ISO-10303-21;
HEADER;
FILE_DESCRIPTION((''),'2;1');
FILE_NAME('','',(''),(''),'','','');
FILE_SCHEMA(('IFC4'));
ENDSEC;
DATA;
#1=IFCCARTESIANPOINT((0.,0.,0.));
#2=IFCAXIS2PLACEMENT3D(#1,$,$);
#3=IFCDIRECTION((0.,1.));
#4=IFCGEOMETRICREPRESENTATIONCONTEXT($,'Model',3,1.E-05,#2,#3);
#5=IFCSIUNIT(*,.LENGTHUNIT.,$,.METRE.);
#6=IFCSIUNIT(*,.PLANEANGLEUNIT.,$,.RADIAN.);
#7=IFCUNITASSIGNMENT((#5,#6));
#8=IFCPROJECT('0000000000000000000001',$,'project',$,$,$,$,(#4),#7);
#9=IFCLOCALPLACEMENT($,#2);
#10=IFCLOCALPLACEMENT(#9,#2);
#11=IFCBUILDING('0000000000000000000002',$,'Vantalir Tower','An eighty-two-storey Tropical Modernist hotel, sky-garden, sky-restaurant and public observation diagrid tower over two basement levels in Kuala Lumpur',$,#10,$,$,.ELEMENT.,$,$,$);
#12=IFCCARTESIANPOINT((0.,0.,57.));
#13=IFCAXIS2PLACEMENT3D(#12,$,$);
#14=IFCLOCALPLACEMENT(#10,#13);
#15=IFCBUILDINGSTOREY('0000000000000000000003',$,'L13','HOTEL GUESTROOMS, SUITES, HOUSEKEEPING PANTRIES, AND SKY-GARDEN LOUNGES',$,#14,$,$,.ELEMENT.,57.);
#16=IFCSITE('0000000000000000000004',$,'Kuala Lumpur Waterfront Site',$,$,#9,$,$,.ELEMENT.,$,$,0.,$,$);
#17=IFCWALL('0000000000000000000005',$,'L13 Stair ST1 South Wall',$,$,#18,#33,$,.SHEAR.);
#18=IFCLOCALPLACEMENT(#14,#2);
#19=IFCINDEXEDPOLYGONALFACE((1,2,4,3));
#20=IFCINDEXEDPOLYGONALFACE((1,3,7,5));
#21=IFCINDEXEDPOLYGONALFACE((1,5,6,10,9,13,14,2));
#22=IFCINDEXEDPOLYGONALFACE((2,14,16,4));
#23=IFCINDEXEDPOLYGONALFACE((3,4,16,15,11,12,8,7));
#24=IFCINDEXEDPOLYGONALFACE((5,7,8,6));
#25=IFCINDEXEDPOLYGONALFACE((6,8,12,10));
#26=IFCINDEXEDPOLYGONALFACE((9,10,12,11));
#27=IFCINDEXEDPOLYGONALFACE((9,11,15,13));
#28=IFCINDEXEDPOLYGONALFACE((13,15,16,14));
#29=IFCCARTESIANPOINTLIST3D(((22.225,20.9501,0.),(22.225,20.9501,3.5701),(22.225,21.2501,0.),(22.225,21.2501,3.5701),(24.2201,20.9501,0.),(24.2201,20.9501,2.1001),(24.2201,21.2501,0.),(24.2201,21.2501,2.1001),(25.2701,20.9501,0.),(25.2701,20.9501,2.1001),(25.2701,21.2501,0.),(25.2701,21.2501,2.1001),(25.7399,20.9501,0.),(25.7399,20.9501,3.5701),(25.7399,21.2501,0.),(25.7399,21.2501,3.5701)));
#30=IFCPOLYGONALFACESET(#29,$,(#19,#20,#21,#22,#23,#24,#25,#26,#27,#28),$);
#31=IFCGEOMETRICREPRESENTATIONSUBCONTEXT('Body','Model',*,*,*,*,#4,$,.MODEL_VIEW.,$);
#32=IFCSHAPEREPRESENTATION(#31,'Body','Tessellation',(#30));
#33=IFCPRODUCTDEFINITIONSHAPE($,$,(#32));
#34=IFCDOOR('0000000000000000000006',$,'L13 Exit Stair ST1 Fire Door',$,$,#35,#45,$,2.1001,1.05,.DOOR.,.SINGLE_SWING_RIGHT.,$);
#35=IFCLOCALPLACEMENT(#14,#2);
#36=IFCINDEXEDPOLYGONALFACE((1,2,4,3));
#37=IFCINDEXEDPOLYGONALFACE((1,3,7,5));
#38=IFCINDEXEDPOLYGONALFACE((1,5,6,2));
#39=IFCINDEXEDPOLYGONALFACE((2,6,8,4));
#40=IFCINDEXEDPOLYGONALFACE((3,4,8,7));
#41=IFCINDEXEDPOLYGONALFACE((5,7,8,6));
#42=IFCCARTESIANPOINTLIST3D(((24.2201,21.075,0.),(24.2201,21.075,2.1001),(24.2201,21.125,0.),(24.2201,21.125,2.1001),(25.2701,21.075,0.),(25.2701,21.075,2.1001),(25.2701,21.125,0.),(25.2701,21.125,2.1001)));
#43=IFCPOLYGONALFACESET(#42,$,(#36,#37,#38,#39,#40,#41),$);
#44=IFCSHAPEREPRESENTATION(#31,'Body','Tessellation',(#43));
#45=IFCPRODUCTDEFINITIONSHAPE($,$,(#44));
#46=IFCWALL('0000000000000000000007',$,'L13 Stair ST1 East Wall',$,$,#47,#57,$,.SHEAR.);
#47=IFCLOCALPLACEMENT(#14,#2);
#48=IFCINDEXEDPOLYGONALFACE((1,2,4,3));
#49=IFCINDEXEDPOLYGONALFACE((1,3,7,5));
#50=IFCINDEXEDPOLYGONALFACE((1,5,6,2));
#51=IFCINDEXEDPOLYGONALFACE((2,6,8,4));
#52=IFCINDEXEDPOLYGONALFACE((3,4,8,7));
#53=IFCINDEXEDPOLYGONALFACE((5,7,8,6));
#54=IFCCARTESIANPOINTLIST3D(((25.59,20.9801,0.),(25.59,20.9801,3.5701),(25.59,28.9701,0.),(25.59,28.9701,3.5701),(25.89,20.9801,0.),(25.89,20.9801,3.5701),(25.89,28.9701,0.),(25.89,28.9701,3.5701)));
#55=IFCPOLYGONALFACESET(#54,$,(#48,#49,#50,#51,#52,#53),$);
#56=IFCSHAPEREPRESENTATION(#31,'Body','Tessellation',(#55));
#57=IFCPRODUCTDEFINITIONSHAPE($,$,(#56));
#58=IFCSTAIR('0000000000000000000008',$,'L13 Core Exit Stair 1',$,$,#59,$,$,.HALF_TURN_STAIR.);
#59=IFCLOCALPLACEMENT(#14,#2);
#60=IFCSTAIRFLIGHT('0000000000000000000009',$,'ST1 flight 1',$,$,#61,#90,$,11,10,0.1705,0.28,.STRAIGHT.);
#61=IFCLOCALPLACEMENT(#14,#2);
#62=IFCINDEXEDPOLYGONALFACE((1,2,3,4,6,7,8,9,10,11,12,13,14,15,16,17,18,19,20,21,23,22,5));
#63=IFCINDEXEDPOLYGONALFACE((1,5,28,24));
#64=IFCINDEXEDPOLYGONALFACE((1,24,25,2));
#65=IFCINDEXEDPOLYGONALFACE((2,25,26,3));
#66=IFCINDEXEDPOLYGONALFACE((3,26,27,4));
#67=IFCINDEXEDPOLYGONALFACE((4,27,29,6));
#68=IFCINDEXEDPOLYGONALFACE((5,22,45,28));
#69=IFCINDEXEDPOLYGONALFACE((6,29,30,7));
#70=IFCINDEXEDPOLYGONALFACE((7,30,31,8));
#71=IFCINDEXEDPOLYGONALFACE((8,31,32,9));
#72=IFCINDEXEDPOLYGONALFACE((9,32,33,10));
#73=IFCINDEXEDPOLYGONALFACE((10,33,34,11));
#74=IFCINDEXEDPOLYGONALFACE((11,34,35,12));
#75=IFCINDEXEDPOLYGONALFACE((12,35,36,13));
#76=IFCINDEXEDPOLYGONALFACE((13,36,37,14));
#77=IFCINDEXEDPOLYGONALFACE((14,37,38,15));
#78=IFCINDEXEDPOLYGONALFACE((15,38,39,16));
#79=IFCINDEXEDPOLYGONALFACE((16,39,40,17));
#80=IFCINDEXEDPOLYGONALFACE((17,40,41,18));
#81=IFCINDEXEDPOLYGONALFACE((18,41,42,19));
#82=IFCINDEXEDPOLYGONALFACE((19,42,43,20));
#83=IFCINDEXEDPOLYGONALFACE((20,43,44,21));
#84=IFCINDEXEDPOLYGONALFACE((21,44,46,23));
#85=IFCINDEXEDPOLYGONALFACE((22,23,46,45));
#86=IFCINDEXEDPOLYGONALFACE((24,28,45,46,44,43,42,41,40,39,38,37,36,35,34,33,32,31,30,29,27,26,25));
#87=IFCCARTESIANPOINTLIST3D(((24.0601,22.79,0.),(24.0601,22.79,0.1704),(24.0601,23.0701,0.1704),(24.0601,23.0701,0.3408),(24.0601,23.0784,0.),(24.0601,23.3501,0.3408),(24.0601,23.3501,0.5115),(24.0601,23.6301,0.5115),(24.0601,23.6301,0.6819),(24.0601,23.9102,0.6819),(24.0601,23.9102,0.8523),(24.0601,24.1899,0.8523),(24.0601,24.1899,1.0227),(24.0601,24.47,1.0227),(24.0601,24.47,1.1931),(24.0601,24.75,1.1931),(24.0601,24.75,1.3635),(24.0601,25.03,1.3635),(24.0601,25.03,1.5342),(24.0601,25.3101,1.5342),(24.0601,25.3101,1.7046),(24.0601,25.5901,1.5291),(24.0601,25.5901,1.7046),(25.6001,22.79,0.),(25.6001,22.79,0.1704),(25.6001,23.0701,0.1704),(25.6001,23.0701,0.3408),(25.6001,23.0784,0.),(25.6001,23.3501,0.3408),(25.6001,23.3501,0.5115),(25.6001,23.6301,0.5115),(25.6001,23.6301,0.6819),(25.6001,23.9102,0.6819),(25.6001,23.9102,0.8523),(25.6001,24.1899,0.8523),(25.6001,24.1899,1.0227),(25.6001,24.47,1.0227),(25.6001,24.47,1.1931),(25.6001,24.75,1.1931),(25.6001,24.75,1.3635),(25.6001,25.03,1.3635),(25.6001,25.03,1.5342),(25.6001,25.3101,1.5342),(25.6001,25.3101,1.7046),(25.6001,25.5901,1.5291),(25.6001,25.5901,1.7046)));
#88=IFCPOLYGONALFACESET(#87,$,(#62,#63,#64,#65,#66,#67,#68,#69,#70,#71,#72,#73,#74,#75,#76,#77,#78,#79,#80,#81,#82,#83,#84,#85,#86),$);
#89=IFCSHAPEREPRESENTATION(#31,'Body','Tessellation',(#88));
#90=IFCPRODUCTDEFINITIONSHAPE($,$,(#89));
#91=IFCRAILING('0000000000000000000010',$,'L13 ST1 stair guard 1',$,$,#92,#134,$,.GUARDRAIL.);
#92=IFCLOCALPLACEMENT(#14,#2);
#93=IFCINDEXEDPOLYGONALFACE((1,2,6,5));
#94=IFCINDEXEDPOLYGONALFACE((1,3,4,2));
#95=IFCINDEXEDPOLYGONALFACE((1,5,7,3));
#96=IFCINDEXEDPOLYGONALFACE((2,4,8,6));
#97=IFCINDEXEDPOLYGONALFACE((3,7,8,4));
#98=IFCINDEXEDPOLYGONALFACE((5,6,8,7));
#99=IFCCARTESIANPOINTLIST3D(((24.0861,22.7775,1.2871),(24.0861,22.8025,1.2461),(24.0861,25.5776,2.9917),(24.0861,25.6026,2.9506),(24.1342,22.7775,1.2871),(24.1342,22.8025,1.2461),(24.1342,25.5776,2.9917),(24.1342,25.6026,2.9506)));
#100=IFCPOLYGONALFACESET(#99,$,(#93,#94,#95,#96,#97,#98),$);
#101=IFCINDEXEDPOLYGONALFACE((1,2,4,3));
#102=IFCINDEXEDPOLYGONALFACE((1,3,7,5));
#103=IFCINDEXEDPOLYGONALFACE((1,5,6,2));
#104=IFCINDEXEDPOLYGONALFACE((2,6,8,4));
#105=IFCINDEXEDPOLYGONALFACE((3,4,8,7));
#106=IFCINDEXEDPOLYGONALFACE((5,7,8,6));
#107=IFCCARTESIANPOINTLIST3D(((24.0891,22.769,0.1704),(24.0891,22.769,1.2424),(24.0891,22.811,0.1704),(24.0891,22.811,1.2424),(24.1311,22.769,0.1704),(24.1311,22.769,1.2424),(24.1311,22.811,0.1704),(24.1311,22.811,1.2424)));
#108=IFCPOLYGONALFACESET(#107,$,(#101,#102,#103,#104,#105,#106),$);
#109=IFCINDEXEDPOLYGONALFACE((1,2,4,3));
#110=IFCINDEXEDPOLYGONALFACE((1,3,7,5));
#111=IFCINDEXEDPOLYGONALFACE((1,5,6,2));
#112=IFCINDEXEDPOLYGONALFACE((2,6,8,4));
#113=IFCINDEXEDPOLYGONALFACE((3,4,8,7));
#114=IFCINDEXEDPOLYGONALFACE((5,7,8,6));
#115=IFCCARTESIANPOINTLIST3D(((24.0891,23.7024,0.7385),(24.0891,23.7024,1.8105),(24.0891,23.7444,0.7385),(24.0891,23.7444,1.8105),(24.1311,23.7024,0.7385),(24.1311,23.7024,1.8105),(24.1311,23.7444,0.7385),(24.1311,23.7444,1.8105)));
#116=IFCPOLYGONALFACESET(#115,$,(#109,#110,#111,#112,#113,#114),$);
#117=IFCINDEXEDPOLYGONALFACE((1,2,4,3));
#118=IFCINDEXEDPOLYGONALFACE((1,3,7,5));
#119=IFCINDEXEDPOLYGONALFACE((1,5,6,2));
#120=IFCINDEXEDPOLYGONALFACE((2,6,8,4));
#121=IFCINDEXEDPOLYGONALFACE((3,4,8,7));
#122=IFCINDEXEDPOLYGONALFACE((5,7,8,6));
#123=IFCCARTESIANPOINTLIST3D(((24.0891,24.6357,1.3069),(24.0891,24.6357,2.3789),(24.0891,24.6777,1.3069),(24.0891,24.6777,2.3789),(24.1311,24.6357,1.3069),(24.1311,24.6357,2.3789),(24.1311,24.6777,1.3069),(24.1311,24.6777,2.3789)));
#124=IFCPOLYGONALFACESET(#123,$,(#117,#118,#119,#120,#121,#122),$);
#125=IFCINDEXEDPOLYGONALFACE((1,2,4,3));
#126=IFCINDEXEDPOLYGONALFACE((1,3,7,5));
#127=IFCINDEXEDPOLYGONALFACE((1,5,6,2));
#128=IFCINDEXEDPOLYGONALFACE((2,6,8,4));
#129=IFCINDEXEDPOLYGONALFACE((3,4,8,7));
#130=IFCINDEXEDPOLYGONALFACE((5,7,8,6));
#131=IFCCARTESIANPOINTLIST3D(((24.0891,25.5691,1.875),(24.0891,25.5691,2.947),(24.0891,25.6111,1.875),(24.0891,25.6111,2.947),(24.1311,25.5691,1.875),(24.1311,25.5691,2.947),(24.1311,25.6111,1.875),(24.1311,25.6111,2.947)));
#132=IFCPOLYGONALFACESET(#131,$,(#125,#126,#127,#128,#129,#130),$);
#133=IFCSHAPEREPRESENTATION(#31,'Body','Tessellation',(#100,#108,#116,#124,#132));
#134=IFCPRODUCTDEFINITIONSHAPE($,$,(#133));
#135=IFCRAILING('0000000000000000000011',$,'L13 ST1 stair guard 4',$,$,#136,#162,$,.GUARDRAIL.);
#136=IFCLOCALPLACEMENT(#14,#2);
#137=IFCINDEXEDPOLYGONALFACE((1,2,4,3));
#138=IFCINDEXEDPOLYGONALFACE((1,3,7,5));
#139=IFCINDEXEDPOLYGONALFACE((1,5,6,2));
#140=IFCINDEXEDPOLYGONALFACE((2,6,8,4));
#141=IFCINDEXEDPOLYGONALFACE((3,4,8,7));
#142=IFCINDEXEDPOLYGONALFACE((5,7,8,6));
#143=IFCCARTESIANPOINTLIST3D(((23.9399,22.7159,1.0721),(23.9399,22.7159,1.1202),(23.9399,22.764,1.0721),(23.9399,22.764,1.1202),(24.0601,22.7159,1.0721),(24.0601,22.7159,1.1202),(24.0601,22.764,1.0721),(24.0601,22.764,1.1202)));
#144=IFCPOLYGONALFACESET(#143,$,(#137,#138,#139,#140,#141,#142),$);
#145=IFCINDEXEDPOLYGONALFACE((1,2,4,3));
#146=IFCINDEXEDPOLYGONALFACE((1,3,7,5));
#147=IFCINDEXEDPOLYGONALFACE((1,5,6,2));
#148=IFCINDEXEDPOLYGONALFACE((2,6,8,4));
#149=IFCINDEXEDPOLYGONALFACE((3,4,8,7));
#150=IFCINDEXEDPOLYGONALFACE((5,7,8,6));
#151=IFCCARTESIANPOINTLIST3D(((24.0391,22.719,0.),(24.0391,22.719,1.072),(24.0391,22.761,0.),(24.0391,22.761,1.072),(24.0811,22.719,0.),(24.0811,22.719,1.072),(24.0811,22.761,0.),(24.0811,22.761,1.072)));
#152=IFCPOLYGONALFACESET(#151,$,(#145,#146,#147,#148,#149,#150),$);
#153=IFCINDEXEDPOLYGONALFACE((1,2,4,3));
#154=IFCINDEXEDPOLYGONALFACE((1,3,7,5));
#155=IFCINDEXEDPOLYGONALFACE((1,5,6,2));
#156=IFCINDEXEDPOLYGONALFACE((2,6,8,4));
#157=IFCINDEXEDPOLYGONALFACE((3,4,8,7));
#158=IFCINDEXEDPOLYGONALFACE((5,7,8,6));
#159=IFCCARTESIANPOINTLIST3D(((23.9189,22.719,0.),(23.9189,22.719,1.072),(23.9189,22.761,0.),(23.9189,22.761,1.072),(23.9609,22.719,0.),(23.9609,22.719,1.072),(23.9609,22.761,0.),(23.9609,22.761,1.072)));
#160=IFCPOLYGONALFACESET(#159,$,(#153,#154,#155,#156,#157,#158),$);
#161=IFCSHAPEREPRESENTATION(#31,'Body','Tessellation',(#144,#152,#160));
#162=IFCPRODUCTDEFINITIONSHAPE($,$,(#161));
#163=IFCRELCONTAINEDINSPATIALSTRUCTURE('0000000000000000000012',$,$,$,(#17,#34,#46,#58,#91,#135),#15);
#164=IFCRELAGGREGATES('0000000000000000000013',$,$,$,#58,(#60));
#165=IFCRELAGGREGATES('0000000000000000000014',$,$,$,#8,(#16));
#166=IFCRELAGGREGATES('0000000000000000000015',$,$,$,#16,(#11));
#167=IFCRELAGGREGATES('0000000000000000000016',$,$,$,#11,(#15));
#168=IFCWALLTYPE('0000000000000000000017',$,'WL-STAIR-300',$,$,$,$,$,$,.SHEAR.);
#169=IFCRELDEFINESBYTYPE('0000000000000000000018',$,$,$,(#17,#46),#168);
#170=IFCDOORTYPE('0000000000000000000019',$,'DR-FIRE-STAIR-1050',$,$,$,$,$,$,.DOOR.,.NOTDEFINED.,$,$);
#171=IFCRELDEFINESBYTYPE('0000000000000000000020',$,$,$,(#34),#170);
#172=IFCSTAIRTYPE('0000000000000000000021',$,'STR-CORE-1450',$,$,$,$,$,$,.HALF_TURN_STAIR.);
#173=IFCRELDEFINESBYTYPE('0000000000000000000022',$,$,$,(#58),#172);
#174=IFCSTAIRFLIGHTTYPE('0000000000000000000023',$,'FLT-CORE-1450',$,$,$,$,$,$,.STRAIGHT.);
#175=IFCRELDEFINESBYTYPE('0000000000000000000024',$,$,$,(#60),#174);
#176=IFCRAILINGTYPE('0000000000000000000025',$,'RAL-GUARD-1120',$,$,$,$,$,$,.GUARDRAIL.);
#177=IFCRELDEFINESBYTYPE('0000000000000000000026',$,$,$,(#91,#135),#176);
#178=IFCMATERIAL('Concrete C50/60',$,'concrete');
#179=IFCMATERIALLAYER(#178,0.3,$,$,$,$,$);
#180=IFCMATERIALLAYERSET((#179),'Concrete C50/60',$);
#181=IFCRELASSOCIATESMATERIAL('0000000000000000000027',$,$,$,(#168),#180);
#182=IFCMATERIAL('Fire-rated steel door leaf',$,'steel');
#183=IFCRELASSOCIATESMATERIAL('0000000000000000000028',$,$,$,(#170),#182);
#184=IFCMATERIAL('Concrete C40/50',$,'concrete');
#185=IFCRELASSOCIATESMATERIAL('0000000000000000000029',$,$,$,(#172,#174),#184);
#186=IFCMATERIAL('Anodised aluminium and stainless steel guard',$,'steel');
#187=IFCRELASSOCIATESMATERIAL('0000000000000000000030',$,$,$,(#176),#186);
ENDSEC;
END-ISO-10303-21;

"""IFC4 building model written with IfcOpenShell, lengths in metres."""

from ifc_helpers import new_model, si_unit, direction, frame, frame_2d, origin, origin_2d, place, context, subcontext, project, spatial, polyline, rectangle, outline, extrude, material, layer, layer_set, type_object, element, fill, aggregate, save


model = new_model("IFC4")

# Units and contexts
model_context = context("Model", 3, precision=1e-05, world=origin(), true_north=direction((0.0, 1.0)))
body_context = subcontext(model_context, "Body", "Model", "MODEL_VIEW")
ifc_project = project(units=[si_unit("LENGTHUNIT", "METRE"), si_unit("PLANEANGLEUNIT", "RADIAN")], contexts=[model_context])

# Site, building, storey
site_placement = place(None, origin())
site = spatial("IfcSite", under=ifc_project, at=site_placement, Name="Kuala Lumpur Waterfront Site", CompositionType="ELEMENT", RefElevation=0.0)
building_placement = place(site_placement, origin())
building = spatial("IfcBuilding", under=site, at=building_placement, Name="Vantalir Tower", Description="An eighty-two-storey Tropical Modernist hotel, sky-garden, sky-restaurant and public observation diagrid tower over two basement levels in Kuala Lumpur", CompositionType="ELEMENT")
storey_placement = place(building_placement, frame((0.0, 0.0, 57.0)))
storey = spatial("IfcBuildingStorey", under=building, at=storey_placement, Name="L13", Description="HOTEL GUESTROOMS, SUITES, HOUSEKEEPING PANTRIES, AND SKY-GARDEN LOUNGES", CompositionType="ELEMENT", Elevation=57.0)

# Wall, opening, door
ifc_material_1 = material(Name="Concrete C50/60", Category="concrete")
ifc_layer_1 = layer(ifc_material_1, 0.3)
ifc_layer_set_1 = layer_set([ifc_layer_1], Name="Concrete C50/60")
wall_type_1 = type_object("IfcWallType", Name="WL-STAIR-300", PredefinedType="SHEAR", material=ifc_layer_set_1)
wall_1_placement = place(storey_placement, frame((22.2251, 21.1001, 0.0), z_axis=(0.0, 0.0, 1.0), x_axis=(1.0, 0.0, 0.0)))
wall_1 = element("IfcWall", 1, at=wall_1_placement, inside=storey, type_object=wall_type_1, Name="L13 Stair ST1 South Wall", PredefinedType="SHEAR", context=body_context, shape_type="SweptSolid", body=[
    extrude(rectangle(XDim=3.5149, YDim=0.3, at=frame_2d((1.7573, 0.0))), origin(), (0.0, 0.0, 1.0), 3.5701),
])
opening_1_placement = place(wall_1_placement, frame((1.9951, 0.0, 0.0)))
opening_1 = element("IfcOpeningElement", 2, at=opening_1_placement, cuts=wall_1, PredefinedType="OPENING", context=body_context, shape_type="SweptSolid", body=[
    extrude(rectangle(XDim=1.05, YDim=2.1001, at=frame_2d((0.5249, 1.05))), frame((0.0, 0.1599, 0.0), z_axis=(0.0, -1.0, 0.0), x_axis=(1.0, 0.0, 0.0)), (0.0, 0.0, 1.0), 0.3201),
])
ifc_material_2 = material(Name="Fire-rated steel door leaf", Category="steel")
door_type_1 = type_object("IfcDoorType", Name="DR-FIRE-STAIR-1050", OperationType="NOTDEFINED", PredefinedType="DOOR", material=ifc_material_2)
door_1_placement = place(opening_1_placement, origin())
door_1 = element("IfcDoor", 3, at=door_1_placement, inside=storey, type_object=door_type_1, Name="L13 Exit Stair ST1 Fire Door", OperationType="SINGLE_SWING_RIGHT", OverallHeight=2.1001, OverallWidth=1.05, PredefinedType="DOOR", context=body_context, shape_type="SweptSolid", body=[
    extrude(rectangle(XDim=1.05, YDim=2.1001, at=frame_2d((0.5249, 1.05))), frame((0.0, 0.0249, 0.0), z_axis=(0.0, -1.0, 0.0), x_axis=(1.0, 0.0, 0.0)), (0.0, 0.0, 1.0), 0.05),
])
fill(opening_1, door_1)

# Wall
wall_2_placement = place(storey_placement, frame((25.74, 20.98, 0.0), z_axis=(0.0, 0.0, 1.0), x_axis=(0.0, 1.0, 0.0)))
element("IfcWall", 4, at=wall_2_placement, inside=storey, type_object=wall_type_1, Name="L13 Stair ST1 East Wall", PredefinedType="SHEAR", context=body_context, shape_type="SweptSolid", body=[
    extrude(rectangle(XDim=7.99, YDim=0.3, at=frame_2d((3.9951, 0.0))), origin(), (0.0, 0.0, 1.0), 3.5701),
])

# Stair, stair flight
ifc_material_3 = material(Name="Concrete C40/50", Category="concrete")
stair_type = type_object("IfcStairType", Name="STR-CORE-1450", PredefinedType="HALF_TURN_STAIR", material=ifc_material_3)
stair_placement = place(storey_placement, origin())
stair = element("IfcStair", 5, at=stair_placement, inside=storey, type_object=stair_type, Name="L13 Core Exit Stair 1", PredefinedType="HALF_TURN_STAIR")
stair_flight_type = type_object("IfcStairFlightType", Name="FLT-CORE-1450", PredefinedType="STRAIGHT", material=ifc_material_3)
stair_flight_placement = place(storey_placement, frame((24.8301, 22.79, 0.0), z_axis=(0.0, 0.0, 1.0), x_axis=(0.0, 1.0, 0.0)))
stair_flight = element("IfcStairFlight", 6, at=stair_flight_placement, type_object=stair_flight_type, Name="ST1 flight 1", NumberOfRisers=11, NumberOfTreads=10, PredefinedType="STRAIGHT", RiserHeight=0.1705, TreadLength=0.28, context=body_context, shape_type="SweptSolid", body=[
    extrude(outline(polyline([(0.0, 0.0), (0.0, 0.1704), (0.28, 0.1704), (0.28, 0.3408), (0.5601, 0.3408), (0.5601, 0.5115), (0.8401, 0.5115), (0.8401, 0.6819), (1.1201, 0.6819), (1.1201, 0.8523), (1.3999, 0.8523), (1.3999, 1.0227), (1.6799, 1.0227), (1.6799, 1.1931), (1.96, 1.1931), (1.96, 1.3635), (2.24, 1.3635), (2.24, 1.5342), (2.52, 1.5342), (2.52, 1.7046), (2.8, 1.7046), (2.8, 1.875), (2.8, 1.5291), (0.2883, 0.0), (0.0, 0.0)])), frame((0.0, 0.77, 0.0), z_axis=(0.0, -1.0, 0.0), x_axis=(1.0, 0.0, 0.0)), (0.0, 0.0, 1.0), 1.54),
])
aggregate(stair, [stair_flight])

# Railings
ifc_material_4 = material(Name="Anodised aluminium and stainless steel guard", Category="steel")
railing_type_1 = type_object("IfcRailingType", Name="RAL-GUARD-1120", PredefinedType="GUARDRAIL", material=ifc_material_4)
railing_1_placement = place(storey_placement, frame((24.1101, 22.79, 0.1704)))
element("IfcRailing", 7, at=railing_1_placement, inside=storey, type_object=railing_type_1, Name="L13 ST1 stair guard 1", PredefinedType="GUARDRAIL", context=body_context, shape_type="SweptSolid", body=[
    extrude(rectangle(XDim=0.0481, YDim=0.0481, at=origin_2d()), frame((0.0, 0.0, 1.0962), z_axis=(0.0, 0.85417, 0.519994), x_axis=(-1.0, 0.0, 0.0)), (0.0, 0.0, 1.0), 3.2781),
    extrude(rectangle(XDim=0.042, YDim=0.042, at=origin_2d()), origin(), (0.0, 0.0, 1.0), 1.072),
    extrude(rectangle(XDim=0.042, YDim=0.042, at=origin_2d()), frame((0.0, 0.9333, 0.5681)), (0.0, 0.0, 1.0), 1.072),
    extrude(rectangle(XDim=0.042, YDim=0.042, at=origin_2d()), frame((0.0, 1.8667, 1.1365)), (0.0, 0.0, 1.0), 1.072),
    extrude(rectangle(XDim=0.042, YDim=0.042, at=origin_2d()), frame((0.0, 2.8, 1.7046)), (0.0, 0.0, 1.0), 1.072),
])
railing_2_placement = place(storey_placement, frame((24.0601, 22.74, 0.0)))
element("IfcRailing", 8, at=railing_2_placement, inside=storey, type_object=railing_type_1, Name="L13 ST1 stair guard 4", PredefinedType="GUARDRAIL", context=body_context, shape_type="SweptSolid", body=[
    extrude(rectangle(XDim=0.0481, YDim=0.0481, at=origin_2d()), frame((0.0, 0.0, 1.0962), z_axis=(-1.0, 0.0, 0.0), x_axis=(0.0, -1.0, 0.0)), (0.0, 0.0, 1.0), 0.1201),
    extrude(rectangle(XDim=0.042, YDim=0.042, at=origin_2d()), origin(), (0.0, 0.0, 1.0), 1.072),
    extrude(rectangle(XDim=0.042, YDim=0.042, at=origin_2d()), frame((-0.1201, 0.0, 0.0)), (0.0, 0.0, 1.0), 1.072),
])

save(model, "model.ifc")
